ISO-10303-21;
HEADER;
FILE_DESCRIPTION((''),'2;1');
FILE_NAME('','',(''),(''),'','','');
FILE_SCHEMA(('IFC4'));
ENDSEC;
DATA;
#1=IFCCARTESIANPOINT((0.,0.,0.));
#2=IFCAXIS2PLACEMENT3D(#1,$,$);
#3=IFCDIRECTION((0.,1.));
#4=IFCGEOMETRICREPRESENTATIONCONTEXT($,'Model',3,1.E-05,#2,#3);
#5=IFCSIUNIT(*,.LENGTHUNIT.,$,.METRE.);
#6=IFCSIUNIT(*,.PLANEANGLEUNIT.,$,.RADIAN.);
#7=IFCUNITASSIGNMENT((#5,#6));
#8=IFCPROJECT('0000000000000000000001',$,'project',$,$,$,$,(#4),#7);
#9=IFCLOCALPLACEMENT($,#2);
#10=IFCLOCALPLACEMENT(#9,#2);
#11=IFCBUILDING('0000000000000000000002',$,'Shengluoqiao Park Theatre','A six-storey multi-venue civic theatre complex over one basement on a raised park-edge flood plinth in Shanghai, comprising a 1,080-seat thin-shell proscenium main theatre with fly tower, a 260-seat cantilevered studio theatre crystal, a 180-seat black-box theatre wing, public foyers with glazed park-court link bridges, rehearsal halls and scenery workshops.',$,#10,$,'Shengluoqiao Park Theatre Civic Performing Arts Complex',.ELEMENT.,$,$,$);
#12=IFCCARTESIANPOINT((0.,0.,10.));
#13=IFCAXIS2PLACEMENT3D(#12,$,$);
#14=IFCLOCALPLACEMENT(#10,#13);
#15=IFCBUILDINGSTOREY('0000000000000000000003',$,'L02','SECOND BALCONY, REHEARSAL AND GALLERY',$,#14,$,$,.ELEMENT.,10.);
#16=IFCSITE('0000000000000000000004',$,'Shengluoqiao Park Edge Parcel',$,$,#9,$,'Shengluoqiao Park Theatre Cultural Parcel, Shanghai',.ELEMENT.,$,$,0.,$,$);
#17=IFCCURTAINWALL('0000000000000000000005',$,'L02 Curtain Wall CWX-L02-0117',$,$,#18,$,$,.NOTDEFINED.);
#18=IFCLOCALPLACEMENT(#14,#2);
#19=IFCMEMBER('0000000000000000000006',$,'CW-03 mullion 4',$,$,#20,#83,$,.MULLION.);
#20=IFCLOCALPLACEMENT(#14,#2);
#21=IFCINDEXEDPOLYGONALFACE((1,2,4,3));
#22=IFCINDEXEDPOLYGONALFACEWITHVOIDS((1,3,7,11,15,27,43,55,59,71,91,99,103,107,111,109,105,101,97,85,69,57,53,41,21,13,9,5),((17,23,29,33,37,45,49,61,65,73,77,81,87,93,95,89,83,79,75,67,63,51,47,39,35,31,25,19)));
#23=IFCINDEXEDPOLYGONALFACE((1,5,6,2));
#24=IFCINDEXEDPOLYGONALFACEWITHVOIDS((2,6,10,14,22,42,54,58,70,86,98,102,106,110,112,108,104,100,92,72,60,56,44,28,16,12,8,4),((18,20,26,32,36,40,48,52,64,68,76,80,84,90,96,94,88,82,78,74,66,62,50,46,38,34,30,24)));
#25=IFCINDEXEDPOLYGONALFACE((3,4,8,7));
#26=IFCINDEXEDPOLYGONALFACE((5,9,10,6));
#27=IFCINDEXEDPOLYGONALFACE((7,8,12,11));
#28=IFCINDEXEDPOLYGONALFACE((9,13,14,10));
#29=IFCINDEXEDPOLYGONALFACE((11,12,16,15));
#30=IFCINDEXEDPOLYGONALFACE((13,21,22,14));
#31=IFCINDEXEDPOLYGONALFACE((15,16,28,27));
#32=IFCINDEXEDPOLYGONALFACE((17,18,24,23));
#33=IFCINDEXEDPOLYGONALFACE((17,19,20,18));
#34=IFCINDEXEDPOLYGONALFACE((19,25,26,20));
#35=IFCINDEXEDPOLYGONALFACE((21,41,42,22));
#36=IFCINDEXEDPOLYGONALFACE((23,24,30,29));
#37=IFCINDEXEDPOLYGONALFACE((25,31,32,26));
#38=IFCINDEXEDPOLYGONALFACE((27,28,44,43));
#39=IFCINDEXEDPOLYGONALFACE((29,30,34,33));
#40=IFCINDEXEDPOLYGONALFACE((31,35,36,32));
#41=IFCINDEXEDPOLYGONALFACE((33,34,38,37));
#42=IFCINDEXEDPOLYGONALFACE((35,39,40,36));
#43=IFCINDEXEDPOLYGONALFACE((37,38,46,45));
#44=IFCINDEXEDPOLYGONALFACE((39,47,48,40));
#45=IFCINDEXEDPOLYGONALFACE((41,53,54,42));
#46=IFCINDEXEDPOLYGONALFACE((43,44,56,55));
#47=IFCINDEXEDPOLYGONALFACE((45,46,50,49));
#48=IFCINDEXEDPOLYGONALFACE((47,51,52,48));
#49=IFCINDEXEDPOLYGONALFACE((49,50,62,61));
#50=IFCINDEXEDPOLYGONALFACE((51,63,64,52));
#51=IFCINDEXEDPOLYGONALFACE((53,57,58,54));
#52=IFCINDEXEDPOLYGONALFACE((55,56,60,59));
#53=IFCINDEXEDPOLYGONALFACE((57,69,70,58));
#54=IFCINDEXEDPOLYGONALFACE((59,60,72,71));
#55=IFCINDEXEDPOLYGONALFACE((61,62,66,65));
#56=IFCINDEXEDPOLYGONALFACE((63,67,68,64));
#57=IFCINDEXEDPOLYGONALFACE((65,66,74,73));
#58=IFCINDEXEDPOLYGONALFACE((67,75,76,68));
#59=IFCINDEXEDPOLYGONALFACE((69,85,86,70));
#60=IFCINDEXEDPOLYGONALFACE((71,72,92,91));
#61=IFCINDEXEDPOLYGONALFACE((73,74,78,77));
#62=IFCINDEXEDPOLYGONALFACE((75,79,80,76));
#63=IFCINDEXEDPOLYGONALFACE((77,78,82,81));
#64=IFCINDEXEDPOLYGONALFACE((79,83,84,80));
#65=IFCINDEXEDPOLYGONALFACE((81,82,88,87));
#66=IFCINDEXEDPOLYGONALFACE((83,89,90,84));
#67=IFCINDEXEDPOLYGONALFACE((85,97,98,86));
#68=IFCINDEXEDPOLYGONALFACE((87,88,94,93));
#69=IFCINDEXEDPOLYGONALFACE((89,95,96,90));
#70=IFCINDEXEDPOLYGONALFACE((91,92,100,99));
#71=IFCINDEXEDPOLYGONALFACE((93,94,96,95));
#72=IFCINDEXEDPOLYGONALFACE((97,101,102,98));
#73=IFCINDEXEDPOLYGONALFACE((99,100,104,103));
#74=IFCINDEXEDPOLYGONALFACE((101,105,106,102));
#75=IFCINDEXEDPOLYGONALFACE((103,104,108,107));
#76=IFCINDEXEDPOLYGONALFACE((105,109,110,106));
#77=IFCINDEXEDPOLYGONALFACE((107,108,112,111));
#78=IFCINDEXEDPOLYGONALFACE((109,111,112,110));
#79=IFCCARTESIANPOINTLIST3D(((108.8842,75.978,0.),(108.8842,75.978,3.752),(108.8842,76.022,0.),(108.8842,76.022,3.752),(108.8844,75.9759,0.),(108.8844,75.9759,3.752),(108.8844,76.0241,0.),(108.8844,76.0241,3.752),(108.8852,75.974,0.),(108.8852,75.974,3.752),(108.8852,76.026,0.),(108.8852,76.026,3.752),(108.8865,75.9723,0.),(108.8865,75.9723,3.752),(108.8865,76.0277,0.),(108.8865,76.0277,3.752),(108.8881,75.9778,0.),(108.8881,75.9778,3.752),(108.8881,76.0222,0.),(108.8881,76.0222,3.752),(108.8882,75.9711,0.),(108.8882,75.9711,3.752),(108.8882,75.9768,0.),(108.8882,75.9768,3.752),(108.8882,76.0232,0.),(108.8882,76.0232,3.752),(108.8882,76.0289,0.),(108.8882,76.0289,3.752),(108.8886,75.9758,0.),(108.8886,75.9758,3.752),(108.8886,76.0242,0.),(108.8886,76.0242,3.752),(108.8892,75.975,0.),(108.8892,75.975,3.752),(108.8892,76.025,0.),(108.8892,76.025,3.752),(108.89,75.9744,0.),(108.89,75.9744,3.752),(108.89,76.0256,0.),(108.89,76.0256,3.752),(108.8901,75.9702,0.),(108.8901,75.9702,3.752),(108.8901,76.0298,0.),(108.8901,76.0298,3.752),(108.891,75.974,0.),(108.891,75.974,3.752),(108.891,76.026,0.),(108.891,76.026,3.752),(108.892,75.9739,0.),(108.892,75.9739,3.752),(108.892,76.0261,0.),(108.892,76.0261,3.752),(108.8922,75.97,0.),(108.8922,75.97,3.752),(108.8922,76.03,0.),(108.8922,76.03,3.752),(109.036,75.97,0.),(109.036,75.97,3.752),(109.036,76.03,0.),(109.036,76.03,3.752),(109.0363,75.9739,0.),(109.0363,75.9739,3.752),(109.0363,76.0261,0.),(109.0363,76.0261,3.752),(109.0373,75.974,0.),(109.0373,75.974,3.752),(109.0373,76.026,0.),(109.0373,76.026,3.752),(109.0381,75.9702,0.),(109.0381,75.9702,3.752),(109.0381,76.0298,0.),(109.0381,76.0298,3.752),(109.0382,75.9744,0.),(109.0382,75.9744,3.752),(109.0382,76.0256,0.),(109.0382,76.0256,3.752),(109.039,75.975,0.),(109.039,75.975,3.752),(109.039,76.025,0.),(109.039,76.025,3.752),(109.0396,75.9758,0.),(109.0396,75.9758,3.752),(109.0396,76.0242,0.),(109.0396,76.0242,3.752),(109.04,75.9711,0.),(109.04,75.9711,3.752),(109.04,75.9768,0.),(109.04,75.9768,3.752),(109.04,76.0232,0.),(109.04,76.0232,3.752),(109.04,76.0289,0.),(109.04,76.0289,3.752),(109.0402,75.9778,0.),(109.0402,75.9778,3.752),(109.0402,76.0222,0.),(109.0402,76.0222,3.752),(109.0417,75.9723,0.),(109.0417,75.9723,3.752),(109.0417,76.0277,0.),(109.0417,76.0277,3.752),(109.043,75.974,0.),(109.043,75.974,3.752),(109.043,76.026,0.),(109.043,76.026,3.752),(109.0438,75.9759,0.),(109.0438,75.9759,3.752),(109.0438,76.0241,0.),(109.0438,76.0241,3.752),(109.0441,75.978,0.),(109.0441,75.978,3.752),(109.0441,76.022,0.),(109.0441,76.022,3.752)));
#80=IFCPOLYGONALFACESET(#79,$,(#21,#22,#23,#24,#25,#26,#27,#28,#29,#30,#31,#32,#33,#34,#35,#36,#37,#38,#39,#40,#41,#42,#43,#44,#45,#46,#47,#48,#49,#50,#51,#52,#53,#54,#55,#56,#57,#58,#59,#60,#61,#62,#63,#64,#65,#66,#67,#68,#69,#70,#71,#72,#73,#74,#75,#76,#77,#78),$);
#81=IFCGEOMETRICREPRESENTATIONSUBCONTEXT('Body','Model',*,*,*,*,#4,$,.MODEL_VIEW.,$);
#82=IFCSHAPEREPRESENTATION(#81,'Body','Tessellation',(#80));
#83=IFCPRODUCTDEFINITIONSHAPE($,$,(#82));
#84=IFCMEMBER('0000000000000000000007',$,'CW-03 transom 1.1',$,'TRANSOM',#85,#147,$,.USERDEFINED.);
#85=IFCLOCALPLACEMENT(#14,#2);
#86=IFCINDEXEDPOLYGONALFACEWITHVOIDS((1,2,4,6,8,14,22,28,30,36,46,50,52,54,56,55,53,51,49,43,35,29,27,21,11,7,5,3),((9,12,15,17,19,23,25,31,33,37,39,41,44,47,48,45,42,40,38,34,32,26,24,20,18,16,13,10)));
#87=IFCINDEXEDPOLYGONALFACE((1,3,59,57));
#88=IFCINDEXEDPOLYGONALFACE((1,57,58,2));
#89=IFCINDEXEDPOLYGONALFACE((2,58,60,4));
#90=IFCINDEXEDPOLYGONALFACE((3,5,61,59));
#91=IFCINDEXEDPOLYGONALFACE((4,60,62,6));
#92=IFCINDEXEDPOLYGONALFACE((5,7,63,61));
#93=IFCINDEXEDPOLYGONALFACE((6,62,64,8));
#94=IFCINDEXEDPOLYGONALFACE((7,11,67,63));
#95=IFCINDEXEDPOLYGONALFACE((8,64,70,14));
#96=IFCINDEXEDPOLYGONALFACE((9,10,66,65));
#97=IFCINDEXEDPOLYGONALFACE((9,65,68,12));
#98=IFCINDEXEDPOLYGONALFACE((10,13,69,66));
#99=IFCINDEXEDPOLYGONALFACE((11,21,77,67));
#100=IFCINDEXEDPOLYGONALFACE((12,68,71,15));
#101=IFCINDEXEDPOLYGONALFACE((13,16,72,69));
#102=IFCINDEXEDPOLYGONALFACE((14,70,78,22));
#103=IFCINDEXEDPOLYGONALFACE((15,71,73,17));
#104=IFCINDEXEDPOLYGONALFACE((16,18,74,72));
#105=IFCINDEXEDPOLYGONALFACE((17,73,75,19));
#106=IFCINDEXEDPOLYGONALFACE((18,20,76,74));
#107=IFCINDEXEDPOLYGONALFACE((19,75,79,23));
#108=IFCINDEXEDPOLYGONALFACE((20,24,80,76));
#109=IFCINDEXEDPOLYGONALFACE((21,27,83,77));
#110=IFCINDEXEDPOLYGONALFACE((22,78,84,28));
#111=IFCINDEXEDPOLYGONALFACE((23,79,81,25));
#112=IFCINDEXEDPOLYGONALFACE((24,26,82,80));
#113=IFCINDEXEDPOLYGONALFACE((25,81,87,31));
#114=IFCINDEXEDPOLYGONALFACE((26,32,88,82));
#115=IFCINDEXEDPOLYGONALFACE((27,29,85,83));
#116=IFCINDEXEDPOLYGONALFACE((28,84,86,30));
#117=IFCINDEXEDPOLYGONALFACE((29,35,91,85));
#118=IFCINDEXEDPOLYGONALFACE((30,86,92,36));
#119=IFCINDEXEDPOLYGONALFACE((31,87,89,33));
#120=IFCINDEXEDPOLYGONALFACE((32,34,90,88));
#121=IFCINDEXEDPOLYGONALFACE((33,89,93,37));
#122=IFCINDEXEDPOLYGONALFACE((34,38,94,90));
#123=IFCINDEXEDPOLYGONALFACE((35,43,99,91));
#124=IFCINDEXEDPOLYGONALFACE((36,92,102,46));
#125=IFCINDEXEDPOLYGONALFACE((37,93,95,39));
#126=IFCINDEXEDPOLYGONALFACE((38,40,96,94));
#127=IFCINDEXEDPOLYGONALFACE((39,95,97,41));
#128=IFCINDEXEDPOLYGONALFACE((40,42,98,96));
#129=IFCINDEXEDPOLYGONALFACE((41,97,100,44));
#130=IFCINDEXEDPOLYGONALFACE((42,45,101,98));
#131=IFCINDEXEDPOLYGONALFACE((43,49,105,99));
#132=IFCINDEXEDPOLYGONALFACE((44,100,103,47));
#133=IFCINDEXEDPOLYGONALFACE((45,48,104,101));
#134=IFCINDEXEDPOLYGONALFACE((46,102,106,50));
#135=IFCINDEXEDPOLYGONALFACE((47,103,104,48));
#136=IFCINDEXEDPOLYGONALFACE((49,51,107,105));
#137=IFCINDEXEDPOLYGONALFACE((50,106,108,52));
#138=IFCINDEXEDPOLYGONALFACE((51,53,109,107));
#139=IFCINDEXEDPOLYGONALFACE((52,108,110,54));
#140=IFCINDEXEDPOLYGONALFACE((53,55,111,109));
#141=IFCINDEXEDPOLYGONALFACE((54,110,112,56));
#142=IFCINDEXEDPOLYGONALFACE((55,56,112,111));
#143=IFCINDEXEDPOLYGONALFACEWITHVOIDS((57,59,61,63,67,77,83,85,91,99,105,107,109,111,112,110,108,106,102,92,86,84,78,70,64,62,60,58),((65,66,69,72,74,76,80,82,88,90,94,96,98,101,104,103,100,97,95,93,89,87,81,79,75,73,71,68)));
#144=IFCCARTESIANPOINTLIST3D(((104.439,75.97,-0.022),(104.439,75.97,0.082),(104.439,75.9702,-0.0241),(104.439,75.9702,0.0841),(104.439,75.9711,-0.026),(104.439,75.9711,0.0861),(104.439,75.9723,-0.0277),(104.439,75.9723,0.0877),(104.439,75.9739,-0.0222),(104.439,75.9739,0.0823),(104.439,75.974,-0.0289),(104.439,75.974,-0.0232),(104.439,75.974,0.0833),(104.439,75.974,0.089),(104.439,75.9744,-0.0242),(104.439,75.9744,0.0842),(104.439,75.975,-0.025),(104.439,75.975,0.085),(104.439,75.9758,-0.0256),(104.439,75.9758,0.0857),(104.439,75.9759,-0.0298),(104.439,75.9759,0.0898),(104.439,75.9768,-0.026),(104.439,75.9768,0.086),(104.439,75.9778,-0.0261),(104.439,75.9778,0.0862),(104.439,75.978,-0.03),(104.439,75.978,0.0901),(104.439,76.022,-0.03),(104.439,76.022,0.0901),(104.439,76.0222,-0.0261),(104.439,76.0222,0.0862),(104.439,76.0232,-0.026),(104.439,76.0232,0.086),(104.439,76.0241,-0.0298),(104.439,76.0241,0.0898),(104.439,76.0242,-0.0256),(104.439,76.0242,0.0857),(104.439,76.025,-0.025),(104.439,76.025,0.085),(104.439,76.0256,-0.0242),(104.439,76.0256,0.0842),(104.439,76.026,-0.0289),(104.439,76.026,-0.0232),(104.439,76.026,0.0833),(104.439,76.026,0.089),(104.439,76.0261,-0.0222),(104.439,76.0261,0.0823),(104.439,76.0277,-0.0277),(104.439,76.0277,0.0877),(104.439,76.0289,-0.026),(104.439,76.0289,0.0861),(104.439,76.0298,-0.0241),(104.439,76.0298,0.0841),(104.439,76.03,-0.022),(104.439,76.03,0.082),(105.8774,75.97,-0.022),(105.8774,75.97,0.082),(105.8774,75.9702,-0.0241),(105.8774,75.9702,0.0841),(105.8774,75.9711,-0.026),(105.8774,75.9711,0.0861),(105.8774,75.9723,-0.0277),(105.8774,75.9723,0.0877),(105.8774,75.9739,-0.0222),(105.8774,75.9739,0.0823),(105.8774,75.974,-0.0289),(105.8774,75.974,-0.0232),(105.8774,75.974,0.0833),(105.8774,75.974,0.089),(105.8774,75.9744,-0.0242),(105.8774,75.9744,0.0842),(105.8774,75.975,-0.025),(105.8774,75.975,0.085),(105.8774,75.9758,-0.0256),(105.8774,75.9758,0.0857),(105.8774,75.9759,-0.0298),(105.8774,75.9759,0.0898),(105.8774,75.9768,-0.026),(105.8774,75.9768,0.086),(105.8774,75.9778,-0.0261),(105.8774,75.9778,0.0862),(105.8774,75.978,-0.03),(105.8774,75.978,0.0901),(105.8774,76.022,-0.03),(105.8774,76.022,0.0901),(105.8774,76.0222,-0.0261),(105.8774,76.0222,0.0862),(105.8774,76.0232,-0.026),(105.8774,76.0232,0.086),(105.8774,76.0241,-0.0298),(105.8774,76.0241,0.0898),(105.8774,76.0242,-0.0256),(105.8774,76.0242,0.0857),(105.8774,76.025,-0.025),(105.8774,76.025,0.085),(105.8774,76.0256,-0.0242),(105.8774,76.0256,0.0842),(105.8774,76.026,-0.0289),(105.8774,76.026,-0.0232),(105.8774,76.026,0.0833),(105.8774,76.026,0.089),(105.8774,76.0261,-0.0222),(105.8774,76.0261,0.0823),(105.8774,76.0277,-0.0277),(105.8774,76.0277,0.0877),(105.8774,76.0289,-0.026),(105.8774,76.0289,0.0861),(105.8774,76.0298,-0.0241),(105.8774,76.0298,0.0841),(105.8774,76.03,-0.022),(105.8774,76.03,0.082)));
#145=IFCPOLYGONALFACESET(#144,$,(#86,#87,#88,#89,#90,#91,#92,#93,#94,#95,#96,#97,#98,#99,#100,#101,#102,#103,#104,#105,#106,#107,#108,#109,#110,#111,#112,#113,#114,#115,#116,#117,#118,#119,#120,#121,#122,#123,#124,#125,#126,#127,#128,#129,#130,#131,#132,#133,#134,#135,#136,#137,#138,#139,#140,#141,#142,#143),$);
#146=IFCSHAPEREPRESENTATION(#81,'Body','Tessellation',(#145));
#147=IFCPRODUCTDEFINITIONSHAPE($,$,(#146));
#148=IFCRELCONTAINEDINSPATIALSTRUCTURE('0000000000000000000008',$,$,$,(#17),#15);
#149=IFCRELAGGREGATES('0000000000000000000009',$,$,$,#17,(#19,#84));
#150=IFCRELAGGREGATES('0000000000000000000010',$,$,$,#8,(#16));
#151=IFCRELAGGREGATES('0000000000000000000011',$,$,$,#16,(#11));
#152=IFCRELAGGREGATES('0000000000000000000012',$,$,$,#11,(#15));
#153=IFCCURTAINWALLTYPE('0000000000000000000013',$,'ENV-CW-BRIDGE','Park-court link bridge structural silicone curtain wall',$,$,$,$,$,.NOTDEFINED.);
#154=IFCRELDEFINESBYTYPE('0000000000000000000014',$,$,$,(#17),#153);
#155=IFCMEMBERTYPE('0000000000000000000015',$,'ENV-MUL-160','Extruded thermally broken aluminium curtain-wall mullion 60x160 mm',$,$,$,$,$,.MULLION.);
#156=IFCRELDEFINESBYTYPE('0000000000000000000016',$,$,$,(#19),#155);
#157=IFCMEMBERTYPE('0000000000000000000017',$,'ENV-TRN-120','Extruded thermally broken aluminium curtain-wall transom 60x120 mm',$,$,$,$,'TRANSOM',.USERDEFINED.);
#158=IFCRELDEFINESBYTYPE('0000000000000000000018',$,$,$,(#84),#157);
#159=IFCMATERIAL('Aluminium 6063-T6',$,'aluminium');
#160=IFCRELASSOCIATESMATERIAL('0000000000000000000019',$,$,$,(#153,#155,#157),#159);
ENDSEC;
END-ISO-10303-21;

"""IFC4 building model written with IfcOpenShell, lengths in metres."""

from ifc_helpers import new_model, si_unit, direction, frame, origin, origin_2d, place, context, subcontext, project, spatial, hollow_rectangle, extrude, material, material_profile, profile_set, type_object, element, aggregate, save


model = new_model("IFC4")

# Units and contexts
model_context = context("Model", 3, precision=1e-05, world=origin(), true_north=direction((0.0, 1.0)))
body_context = subcontext(model_context, "Body", "Model", "MODEL_VIEW")
ifc_project = project(units=[si_unit("LENGTHUNIT", "METRE"), si_unit("PLANEANGLEUNIT", "RADIAN")], contexts=[model_context])

# Site, building, storey
site_placement = place(None, origin())
site = spatial("IfcSite", under=ifc_project, at=site_placement, Name="Shengluoqiao Park Edge Parcel", LongName="Shengluoqiao Park Theatre Cultural Parcel, Shanghai", CompositionType="ELEMENT", RefElevation=0.0)
building_placement = place(site_placement, origin())
building = spatial("IfcBuilding", under=site, at=building_placement, Name="Shengluoqiao Park Theatre", Description="A six-storey multi-venue civic theatre complex over one basement on a raised park-edge flood plinth in Shanghai, comprising a 1,080-seat thin-shell proscenium main theatre with fly tower, a 260-seat cantilevered studio theatre crystal, a 180-seat black-box theatre wing, public foyers with glazed park-court link bridges, rehearsal halls and scenery workshops.", LongName="Shengluoqiao Park Theatre Civic Performing Arts Complex", CompositionType="ELEMENT")
storey_placement = place(building_placement, frame((0.0, 0.0, 10.0)))
storey = spatial("IfcBuildingStorey", under=building, at=storey_placement, Name="L02", Description="SECOND BALCONY, REHEARSAL AND GALLERY", CompositionType="ELEMENT", Elevation=10.0)

# Shared definitions
ifc_material_1 = material(Name="Aluminium 6063-T6", Category="aluminium")
curtain_wall_type = type_object("IfcCurtainWallType", Name="ENV-CW-BRIDGE", Description="Park-court link bridge structural silicone curtain wall", PredefinedType="NOTDEFINED", material=ifc_material_1)
ifc_material_profile_1 = material_profile(ifc_material_1, hollow_rectangle(XDim=0.0601, YDim=0.1599, WallThickness=0.0039, InnerFilletRadius=0.0039, OuterFilletRadius=0.0081, at=origin_2d()), Name="ALU MULLION 160x60x4")
ifc_profile_set_1 = profile_set([ifc_material_profile_1], Name="Aluminium 6063-T6")
member_type_1 = type_object("IfcMemberType", Name="ENV-MUL-160", Description="Extruded thermally broken aluminium curtain-wall mullion 60x160 mm", PredefinedType="MULLION", material=ifc_profile_set_1)

# Curtain wall, members
curtain_wall_1_placement = place(storey_placement, origin())
curtain_wall_1 = element("IfcCurtainWall", 1, at=curtain_wall_1_placement, inside=storey, type_object=curtain_wall_type, Name="L02 Curtain Wall CWX-L02-0117", PredefinedType="NOTDEFINED")
member_1_placement = place(storey_placement, frame((108.9641, 76.0, 0.0), z_axis=(0.0, 0.0, 1.0), x_axis=(0.0, 1.0, 0.0)))
member_1 = element("IfcMember", 2, at=member_1_placement, type_object=member_type_1, Name="CW-03 mullion 4", PredefinedType="MULLION", context=body_context, shape_type="SweptSolid", body=[
    extrude(hollow_rectangle(XDim=0.0601, YDim=0.1599, WallThickness=0.0039, InnerFilletRadius=0.0039, OuterFilletRadius=0.0081, at=origin_2d()), origin(), (0.0, 0.0, 1.0), 3.752),
])
ifc_material_profile_2 = material_profile(ifc_material_1, hollow_rectangle(XDim=0.0601, YDim=0.1201, WallThickness=0.0039, InnerFilletRadius=0.0039, OuterFilletRadius=0.0081, at=origin_2d()), Name="ALU TRANSOM 120x60x4")
ifc_profile_set_2 = profile_set([ifc_material_profile_2], Name="Aluminium 6063-T6")
member_type_2 = type_object("IfcMemberType", Name="ENV-TRN-120", Description="Extruded thermally broken aluminium curtain-wall transom 60x120 mm", ElementType="TRANSOM", PredefinedType="USERDEFINED", material=ifc_profile_set_2)
member_2_placement = place(storey_placement, frame((104.439, 76.0, 0.03), z_axis=(1.0, 0.0, 0.0), x_axis=(0.0, 1.0, 0.0)))
member_2 = element("IfcMember", 3, at=member_2_placement, type_object=member_type_2, Name="CW-03 transom 1.1", ObjectType="TRANSOM", PredefinedType="USERDEFINED", context=body_context, shape_type="SweptSolid", body=[
    extrude(hollow_rectangle(XDim=0.0601, YDim=0.1201, WallThickness=0.0039, InnerFilletRadius=0.0039, OuterFilletRadius=0.0081, at=origin_2d()), origin(), (0.0, 0.0, 1.0), 1.4385),
])

aggregate(curtain_wall_1, [member_1, member_2])

save(model, "model.ifc")
